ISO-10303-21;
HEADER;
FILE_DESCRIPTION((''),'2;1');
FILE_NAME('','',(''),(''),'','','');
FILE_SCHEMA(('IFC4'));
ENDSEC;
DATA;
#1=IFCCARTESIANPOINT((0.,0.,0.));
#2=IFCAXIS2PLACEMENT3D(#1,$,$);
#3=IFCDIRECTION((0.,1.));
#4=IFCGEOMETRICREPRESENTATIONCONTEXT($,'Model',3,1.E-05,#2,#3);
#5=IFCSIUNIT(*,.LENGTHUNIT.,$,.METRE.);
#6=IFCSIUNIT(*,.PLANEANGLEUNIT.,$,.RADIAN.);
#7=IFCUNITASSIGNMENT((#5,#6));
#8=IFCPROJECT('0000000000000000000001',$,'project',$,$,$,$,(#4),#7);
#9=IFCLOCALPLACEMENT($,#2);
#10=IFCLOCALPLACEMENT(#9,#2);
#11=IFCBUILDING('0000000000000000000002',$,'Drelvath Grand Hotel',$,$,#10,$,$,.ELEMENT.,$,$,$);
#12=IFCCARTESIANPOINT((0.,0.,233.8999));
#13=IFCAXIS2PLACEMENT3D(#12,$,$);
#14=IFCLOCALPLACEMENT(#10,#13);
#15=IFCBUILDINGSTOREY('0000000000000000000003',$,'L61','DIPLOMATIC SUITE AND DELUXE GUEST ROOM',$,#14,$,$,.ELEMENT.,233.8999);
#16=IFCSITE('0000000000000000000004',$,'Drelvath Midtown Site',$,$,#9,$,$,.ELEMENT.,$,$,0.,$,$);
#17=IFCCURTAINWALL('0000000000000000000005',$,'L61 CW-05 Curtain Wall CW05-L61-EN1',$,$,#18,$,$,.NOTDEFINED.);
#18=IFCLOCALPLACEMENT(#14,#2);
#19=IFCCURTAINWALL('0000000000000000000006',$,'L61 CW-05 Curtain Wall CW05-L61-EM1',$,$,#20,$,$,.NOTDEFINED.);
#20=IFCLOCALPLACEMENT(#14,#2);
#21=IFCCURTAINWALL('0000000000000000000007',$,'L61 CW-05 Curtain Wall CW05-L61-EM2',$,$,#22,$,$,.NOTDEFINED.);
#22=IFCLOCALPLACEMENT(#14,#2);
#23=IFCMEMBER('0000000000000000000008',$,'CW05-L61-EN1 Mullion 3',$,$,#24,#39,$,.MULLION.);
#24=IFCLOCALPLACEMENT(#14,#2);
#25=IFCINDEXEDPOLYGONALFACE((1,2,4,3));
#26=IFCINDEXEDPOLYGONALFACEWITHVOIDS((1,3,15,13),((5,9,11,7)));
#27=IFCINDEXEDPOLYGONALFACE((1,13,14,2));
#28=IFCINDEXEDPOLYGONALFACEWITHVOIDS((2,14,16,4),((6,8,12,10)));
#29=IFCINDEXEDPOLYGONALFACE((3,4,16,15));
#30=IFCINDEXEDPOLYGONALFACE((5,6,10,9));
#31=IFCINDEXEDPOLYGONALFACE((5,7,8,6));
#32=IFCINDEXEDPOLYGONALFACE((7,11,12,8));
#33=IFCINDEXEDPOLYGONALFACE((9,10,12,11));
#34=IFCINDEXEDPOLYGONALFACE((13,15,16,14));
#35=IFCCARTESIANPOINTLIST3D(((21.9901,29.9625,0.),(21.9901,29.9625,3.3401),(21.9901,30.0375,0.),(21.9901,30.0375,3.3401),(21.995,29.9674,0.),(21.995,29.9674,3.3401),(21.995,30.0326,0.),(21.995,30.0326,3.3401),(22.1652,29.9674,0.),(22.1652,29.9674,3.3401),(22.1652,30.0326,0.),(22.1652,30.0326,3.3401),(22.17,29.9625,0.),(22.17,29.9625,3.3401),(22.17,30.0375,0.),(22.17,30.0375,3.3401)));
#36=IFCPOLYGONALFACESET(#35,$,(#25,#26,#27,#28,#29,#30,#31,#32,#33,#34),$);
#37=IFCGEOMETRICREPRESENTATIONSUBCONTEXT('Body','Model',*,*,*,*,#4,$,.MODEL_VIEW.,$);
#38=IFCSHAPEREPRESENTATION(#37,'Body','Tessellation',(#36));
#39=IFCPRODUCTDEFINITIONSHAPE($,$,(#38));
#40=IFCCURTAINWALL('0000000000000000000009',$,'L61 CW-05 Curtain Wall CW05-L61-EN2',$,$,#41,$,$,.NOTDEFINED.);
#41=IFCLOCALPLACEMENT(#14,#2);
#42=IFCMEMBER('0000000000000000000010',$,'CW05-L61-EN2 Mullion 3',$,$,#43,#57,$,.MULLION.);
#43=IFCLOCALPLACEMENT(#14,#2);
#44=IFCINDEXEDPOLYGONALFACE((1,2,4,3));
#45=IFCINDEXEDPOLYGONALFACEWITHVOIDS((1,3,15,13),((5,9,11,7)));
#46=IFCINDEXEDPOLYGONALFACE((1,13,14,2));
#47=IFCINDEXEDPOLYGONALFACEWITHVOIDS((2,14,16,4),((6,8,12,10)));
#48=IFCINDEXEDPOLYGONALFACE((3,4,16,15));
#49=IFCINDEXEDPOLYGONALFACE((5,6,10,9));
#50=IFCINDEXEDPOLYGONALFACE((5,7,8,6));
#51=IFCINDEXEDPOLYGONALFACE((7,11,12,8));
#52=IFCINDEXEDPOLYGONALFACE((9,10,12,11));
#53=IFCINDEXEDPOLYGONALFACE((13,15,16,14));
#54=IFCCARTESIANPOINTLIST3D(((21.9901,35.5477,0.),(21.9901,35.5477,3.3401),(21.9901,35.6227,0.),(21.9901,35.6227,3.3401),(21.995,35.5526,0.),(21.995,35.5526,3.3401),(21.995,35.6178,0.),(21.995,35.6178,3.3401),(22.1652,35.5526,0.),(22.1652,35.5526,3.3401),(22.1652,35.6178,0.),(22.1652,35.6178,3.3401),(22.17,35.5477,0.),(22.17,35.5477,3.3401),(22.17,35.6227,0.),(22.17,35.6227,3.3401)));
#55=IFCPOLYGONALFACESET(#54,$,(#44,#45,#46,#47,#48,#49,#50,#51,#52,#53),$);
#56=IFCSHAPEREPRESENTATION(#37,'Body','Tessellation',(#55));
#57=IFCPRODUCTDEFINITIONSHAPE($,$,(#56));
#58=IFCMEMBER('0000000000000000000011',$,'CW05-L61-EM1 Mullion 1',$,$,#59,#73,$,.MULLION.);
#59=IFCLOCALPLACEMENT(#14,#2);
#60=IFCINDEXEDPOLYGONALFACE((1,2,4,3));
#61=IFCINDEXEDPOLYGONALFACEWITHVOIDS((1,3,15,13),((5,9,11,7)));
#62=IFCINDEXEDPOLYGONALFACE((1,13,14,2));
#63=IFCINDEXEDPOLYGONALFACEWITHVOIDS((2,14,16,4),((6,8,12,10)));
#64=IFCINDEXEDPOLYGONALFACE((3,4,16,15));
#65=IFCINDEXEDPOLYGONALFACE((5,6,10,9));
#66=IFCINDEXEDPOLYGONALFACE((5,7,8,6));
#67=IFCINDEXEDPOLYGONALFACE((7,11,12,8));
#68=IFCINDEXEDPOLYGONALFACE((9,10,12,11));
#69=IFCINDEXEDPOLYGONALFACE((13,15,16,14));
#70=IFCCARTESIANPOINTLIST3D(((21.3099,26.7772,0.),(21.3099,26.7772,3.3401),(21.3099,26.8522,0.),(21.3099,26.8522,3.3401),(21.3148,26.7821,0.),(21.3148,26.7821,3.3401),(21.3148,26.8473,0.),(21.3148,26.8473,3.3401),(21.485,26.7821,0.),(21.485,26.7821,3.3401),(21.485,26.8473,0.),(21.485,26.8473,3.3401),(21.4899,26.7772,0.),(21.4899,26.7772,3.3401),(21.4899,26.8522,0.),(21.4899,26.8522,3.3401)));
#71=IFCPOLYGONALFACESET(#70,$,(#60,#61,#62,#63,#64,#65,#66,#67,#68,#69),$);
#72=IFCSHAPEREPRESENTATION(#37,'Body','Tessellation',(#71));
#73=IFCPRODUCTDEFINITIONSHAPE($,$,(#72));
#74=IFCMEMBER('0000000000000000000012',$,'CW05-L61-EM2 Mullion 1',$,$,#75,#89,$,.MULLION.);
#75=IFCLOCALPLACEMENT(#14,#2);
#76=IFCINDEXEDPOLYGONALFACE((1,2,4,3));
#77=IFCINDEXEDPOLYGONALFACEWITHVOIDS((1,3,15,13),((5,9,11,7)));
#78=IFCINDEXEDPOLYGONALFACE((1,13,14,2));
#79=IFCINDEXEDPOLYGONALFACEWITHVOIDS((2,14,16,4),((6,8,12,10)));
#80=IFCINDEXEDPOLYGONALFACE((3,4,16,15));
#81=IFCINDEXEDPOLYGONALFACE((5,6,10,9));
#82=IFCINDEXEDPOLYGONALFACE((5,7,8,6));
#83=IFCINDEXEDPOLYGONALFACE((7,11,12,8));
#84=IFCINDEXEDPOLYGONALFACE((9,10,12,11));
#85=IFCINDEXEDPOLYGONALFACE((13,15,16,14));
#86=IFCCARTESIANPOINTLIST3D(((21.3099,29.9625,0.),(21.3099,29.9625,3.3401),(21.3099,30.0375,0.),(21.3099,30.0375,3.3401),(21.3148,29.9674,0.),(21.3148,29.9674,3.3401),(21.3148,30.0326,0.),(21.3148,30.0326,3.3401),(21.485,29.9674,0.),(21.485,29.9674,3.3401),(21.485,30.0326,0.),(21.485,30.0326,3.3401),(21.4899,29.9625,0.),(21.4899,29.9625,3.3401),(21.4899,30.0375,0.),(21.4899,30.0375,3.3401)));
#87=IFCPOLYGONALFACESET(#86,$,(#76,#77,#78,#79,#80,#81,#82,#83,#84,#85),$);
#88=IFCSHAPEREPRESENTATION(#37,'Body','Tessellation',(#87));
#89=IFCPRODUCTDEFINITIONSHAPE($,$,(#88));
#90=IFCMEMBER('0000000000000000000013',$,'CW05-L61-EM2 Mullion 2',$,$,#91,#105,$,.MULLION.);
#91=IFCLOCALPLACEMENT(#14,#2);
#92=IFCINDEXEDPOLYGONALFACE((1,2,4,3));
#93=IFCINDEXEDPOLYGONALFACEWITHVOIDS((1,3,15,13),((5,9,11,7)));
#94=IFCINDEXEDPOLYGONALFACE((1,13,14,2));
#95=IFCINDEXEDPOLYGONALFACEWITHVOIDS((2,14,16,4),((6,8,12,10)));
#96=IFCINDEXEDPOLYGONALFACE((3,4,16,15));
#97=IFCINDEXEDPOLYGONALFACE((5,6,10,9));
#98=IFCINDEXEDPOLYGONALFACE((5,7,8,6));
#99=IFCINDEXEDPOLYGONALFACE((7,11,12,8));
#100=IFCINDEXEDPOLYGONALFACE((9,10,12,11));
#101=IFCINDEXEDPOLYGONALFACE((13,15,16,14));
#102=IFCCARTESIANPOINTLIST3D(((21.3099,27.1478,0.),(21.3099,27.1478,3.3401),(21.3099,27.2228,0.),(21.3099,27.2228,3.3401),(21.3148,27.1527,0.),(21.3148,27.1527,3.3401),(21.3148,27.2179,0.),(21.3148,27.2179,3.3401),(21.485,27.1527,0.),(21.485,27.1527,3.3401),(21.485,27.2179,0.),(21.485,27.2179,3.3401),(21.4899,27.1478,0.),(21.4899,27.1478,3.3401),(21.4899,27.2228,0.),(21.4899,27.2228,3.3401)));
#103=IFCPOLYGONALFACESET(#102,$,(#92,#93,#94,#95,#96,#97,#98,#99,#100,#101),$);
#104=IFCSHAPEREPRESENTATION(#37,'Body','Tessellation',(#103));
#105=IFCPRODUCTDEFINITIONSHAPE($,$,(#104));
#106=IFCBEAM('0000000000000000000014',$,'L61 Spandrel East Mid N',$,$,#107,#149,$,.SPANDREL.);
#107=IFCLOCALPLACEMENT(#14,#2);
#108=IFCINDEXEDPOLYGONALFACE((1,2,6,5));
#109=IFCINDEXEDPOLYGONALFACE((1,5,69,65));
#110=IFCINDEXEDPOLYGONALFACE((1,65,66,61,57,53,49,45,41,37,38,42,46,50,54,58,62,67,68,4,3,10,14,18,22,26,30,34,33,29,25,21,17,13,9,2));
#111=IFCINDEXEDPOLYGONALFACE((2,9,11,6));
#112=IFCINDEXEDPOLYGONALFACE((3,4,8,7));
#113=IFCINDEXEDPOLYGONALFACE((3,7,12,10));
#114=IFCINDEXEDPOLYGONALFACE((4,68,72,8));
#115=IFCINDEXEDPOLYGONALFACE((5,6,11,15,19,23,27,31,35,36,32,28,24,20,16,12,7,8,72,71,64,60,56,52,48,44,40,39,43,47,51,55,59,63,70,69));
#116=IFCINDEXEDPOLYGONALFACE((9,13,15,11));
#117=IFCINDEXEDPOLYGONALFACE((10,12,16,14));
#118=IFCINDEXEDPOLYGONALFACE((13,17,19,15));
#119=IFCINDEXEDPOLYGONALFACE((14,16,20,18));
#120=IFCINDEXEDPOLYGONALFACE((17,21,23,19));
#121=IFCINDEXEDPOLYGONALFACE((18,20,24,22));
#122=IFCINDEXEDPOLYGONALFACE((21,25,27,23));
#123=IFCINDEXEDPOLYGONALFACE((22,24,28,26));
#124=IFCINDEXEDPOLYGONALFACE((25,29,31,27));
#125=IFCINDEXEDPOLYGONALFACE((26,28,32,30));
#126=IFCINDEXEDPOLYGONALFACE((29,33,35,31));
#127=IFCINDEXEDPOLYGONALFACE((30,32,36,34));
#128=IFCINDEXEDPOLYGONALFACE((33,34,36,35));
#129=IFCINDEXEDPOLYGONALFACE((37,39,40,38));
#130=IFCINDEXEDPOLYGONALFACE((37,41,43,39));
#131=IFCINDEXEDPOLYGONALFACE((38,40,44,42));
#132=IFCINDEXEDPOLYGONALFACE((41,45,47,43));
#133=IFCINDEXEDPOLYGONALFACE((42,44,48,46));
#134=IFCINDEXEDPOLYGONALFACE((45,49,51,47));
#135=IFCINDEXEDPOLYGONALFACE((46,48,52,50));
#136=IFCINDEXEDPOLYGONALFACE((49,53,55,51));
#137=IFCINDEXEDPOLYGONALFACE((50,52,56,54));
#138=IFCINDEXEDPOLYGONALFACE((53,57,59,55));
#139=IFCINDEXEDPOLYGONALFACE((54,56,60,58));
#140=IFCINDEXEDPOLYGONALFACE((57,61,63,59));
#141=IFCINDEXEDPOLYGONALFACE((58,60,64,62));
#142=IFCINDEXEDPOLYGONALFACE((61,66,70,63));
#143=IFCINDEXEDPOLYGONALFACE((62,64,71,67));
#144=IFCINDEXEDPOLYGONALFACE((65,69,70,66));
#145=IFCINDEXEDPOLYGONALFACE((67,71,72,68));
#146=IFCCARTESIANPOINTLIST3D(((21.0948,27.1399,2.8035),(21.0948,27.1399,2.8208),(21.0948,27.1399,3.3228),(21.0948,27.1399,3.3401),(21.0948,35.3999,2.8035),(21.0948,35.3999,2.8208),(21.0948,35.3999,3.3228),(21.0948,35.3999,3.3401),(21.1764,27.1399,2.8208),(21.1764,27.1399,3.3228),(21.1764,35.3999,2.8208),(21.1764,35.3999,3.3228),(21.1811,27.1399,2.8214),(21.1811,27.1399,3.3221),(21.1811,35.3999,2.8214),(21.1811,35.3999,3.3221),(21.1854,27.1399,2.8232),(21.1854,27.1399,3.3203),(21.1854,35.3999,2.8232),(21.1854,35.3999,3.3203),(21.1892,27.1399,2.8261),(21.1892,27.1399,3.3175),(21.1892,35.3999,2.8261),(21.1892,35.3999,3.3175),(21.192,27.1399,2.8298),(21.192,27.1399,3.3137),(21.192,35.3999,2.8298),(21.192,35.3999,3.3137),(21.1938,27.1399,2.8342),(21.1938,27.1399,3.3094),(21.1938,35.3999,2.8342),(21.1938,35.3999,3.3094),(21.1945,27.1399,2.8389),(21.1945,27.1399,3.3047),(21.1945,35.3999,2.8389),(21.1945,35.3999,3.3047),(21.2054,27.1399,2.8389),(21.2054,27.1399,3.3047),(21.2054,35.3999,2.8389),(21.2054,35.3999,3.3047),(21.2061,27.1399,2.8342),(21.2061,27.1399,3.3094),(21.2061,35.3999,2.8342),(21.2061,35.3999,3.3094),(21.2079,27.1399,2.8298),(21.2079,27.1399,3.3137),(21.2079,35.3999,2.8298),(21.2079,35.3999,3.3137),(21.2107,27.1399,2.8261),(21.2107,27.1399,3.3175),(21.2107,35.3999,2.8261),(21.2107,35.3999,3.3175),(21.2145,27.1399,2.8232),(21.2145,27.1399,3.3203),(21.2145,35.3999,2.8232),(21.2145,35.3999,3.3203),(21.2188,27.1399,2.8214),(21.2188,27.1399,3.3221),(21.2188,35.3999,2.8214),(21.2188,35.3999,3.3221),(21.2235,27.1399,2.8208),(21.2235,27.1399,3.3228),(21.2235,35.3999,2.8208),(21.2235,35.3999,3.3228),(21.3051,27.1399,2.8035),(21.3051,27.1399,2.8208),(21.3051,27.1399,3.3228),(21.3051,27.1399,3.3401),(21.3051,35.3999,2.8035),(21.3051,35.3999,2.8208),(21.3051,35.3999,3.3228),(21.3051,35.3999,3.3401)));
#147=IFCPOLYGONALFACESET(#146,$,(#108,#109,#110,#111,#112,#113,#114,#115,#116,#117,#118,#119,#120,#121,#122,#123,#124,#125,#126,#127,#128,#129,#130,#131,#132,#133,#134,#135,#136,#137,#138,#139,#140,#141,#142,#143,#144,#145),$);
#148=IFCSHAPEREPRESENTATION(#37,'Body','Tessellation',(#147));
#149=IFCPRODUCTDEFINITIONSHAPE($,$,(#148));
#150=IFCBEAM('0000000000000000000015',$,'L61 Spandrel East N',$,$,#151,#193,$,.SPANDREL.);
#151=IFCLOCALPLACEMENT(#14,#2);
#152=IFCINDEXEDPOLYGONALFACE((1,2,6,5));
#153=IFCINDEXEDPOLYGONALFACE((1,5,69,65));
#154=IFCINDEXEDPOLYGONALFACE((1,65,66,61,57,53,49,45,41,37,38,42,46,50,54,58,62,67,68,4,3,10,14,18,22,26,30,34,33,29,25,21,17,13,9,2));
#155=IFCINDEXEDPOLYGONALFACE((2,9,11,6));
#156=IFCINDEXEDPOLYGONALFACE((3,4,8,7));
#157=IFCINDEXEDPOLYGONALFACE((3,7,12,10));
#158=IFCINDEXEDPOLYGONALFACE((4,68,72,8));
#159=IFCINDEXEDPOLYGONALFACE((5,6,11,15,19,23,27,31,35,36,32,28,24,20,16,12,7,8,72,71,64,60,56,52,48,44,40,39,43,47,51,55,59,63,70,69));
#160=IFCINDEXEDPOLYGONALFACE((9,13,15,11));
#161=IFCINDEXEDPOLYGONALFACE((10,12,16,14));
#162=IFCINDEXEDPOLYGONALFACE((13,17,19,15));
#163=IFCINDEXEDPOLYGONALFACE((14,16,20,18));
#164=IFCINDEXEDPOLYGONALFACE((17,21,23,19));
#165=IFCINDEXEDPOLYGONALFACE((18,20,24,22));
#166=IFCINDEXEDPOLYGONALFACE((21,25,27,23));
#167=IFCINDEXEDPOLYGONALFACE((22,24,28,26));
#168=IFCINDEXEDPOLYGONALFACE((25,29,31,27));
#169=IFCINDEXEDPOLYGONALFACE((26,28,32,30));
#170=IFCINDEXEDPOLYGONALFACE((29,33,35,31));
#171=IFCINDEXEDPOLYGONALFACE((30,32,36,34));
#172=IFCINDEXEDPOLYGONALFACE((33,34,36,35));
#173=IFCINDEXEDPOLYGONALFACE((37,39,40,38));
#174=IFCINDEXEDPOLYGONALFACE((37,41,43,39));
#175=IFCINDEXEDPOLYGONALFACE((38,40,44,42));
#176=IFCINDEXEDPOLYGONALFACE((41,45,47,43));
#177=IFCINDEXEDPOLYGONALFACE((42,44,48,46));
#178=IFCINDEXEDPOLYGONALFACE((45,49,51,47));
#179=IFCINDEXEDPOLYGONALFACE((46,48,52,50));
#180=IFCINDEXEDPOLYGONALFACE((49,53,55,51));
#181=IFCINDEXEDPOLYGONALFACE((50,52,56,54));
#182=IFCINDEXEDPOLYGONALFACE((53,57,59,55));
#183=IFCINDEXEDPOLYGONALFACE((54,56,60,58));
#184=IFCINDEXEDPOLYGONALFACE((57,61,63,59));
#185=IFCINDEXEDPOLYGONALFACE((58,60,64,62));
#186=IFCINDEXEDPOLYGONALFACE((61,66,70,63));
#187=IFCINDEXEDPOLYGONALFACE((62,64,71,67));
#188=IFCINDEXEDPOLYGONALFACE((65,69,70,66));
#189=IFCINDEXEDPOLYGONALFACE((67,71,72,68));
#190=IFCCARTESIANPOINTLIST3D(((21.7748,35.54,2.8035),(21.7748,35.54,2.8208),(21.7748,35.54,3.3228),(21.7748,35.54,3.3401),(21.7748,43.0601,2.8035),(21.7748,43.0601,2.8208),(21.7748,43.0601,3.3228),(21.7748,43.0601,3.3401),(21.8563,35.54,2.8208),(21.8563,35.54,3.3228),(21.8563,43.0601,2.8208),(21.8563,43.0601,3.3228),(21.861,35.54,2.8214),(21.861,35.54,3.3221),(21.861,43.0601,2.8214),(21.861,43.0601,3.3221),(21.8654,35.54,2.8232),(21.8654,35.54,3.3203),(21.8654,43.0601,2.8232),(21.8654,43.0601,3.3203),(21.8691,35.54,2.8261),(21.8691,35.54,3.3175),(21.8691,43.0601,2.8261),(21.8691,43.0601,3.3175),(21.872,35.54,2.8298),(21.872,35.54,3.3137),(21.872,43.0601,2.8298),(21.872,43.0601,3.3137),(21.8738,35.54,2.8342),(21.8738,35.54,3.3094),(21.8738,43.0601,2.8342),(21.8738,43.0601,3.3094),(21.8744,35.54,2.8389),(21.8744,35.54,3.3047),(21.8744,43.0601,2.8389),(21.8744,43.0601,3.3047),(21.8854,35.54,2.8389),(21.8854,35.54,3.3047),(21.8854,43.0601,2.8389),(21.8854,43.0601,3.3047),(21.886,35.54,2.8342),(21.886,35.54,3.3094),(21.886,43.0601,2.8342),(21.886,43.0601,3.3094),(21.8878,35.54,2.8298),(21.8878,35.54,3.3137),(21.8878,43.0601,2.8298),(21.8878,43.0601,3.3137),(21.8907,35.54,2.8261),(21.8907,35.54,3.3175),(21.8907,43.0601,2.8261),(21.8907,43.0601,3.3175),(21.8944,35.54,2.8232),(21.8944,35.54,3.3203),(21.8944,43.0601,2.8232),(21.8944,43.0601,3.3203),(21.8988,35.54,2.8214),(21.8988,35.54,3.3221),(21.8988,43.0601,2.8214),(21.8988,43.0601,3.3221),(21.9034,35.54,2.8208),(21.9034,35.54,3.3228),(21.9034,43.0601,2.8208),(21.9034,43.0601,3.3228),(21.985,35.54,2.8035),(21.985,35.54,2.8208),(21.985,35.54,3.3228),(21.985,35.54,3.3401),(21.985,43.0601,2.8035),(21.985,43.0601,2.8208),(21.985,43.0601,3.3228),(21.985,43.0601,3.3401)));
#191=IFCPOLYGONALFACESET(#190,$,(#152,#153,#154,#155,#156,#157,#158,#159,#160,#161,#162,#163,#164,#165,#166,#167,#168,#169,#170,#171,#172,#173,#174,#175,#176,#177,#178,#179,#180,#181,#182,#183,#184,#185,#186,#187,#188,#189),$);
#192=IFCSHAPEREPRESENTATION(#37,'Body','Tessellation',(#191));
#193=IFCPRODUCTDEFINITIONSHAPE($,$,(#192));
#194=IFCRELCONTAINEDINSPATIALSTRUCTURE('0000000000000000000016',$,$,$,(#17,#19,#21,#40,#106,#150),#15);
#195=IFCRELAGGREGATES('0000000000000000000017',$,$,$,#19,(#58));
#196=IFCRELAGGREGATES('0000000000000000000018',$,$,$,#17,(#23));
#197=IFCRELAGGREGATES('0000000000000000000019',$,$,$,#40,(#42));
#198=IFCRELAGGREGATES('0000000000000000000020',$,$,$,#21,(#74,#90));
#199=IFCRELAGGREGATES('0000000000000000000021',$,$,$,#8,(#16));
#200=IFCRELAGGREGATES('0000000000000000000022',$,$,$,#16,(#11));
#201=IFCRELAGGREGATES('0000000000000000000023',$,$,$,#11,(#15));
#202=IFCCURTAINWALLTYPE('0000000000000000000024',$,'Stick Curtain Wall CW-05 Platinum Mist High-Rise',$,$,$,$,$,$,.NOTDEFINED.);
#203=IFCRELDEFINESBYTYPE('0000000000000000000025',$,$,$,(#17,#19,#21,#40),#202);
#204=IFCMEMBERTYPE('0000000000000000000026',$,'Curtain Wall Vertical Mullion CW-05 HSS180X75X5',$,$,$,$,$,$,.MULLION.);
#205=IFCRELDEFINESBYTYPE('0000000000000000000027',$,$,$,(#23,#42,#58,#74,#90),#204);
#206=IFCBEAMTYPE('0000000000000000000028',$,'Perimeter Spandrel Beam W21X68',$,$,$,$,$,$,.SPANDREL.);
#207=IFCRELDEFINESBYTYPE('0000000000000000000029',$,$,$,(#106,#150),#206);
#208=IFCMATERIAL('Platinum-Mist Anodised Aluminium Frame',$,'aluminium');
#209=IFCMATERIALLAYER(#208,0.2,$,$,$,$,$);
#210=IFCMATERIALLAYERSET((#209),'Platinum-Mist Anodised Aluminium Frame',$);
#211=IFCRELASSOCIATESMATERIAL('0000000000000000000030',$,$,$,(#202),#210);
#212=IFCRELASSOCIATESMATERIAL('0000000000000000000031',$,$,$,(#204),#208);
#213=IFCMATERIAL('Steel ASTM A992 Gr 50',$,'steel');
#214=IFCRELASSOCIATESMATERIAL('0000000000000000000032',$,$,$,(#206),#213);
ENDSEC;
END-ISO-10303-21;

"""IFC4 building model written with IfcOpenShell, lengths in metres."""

from ifc_helpers import new_model, si_unit, direction, frame, origin, origin_2d, place, context, subcontext, project, spatial, hollow_rectangle, i_section, extrude, material, layer, layer_set, material_profile, profile_set, type_object, element, aggregate, save


model = new_model("IFC4")

# Units and contexts
model_context = context("Model", 3, precision=1e-05, world=origin(), true_north=direction((0.0, 1.0)))
body_context = subcontext(model_context, "Body", "Model", "MODEL_VIEW")
ifc_project = project(units=[si_unit("LENGTHUNIT", "METRE"), si_unit("PLANEANGLEUNIT", "RADIAN")], contexts=[model_context])

# Site, building, storey
site_placement = place(None, origin())
site = spatial("IfcSite", under=ifc_project, at=site_placement, Name="Drelvath Midtown Site", CompositionType="ELEMENT", RefElevation=0.0)
building_placement = place(site_placement, origin())
building = spatial("IfcBuilding", under=site, at=building_placement, Name="Drelvath Grand Hotel", CompositionType="ELEMENT")
storey_placement = place(building_placement, frame((0.0, 0.0, 233.8999)))
storey = spatial("IfcBuildingStorey", under=building, at=storey_placement, Name="L61", Description="DIPLOMATIC SUITE AND DELUXE GUEST ROOM", CompositionType="ELEMENT", Elevation=233.8999)

# Curtain walls
ifc_material_1 = material(Name="Platinum-Mist Anodised Aluminium Frame", Category="aluminium")
ifc_layer_1 = layer(ifc_material_1, 0.2)
ifc_layer_set_1 = layer_set([ifc_layer_1], Name="Platinum-Mist Anodised Aluminium Frame")
curtain_wall_type = type_object("IfcCurtainWallType", Name="Stick Curtain Wall CW-05 Platinum Mist High-Rise", PredefinedType="NOTDEFINED", material=ifc_layer_set_1)
curtain_wall_1_placement = place(storey_placement, origin())
curtain_wall_1 = element("IfcCurtainWall", 1, at=curtain_wall_1_placement, inside=storey, type_object=curtain_wall_type, Name="L61 CW-05 Curtain Wall CW05-L61-EN1", PredefinedType="NOTDEFINED")
curtain_wall_2_placement = place(storey_placement, origin())
curtain_wall_2 = element("IfcCurtainWall", 2, at=curtain_wall_2_placement, inside=storey, type_object=curtain_wall_type, Name="L61 CW-05 Curtain Wall CW05-L61-EM1", PredefinedType="NOTDEFINED")
curtain_wall_3_placement = place(storey_placement, origin())
curtain_wall_3 = element("IfcCurtainWall", 3, at=curtain_wall_3_placement, inside=storey, type_object=curtain_wall_type, Name="L61 CW-05 Curtain Wall CW05-L61-EM2", PredefinedType="NOTDEFINED")

# Member
ifc_material_profile_1 = material_profile(ifc_material_1, hollow_rectangle(XDim=0.075, YDim=0.1799, WallThickness=0.0049, at=origin_2d()), Name="HSS180X75X5")
ifc_profile_set_1 = profile_set([ifc_material_profile_1], Name="Platinum-Mist Anodised Aluminium Frame")
member_type_1 = type_object("IfcMemberType", Name="Curtain Wall Vertical Mullion CW-05 HSS180X75X5", PredefinedType="MULLION", material=ifc_profile_set_1)
member_1_placement = place(storey_placement, frame((22.0801, 30.0, 0.0), z_axis=(0.0, 0.0, 1.0), x_axis=(0.0, 1.0, 0.0)))
member_1 = element("IfcMember", 4, at=member_1_placement, type_object=member_type_1, Name="CW05-L61-EN1 Mullion 3", PredefinedType="MULLION", context=body_context, shape_type="SweptSolid", body=[
    extrude(hollow_rectangle(XDim=0.075, YDim=0.1799, WallThickness=0.0049, at=origin_2d()), origin(), (0.0, 0.0, 1.0), 3.3401),
])

# Curtain wall, member
curtain_wall_4_placement = place(storey_placement, origin())
curtain_wall_4 = element("IfcCurtainWall", 5, at=curtain_wall_4_placement, inside=storey, type_object=curtain_wall_type, Name="L61 CW-05 Curtain Wall CW05-L61-EN2", PredefinedType="NOTDEFINED")
member_2_placement = place(storey_placement, frame((22.0801, 35.5852, 0.0), z_axis=(0.0, 0.0, 1.0), x_axis=(0.0, 1.0, 0.0)))
member_2 = element("IfcMember", 6, at=member_2_placement, type_object=member_type_1, Name="CW05-L61-EN2 Mullion 3", PredefinedType="MULLION", context=body_context, shape_type="SweptSolid", body=[
    extrude(hollow_rectangle(XDim=0.075, YDim=0.1799, WallThickness=0.0049, at=origin_2d()), origin(), (0.0, 0.0, 1.0), 3.3401),
])

# Members
member_3_placement = place(storey_placement, frame((21.3999, 26.8147, 0.0), z_axis=(0.0, 0.0, 1.0), x_axis=(0.0, 1.0, 0.0)))
member_3 = element("IfcMember", 7, at=member_3_placement, type_object=member_type_1, Name="CW05-L61-EM1 Mullion 1", PredefinedType="MULLION", context=body_context, shape_type="SweptSolid", body=[
    extrude(hollow_rectangle(XDim=0.075, YDim=0.1799, WallThickness=0.0049, at=origin_2d()), origin(), (0.0, 0.0, 1.0), 3.3401),
])
aggregate(curtain_wall_2, [member_3])
member_4_placement = place(storey_placement, frame((21.3999, 30.0, 0.0), z_axis=(0.0, 0.0, 1.0), x_axis=(0.0, 1.0, 0.0)))
member_4 = element("IfcMember", 8, at=member_4_placement, type_object=member_type_1, Name="CW05-L61-EM2 Mullion 1", PredefinedType="MULLION", context=body_context, shape_type="SweptSolid", body=[
    extrude(hollow_rectangle(XDim=0.075, YDim=0.1799, WallThickness=0.0049, at=origin_2d()), origin(), (0.0, 0.0, 1.0), 3.3401),
])
member_5_placement = place(storey_placement, frame((21.3999, 27.1853, 0.0), z_axis=(0.0, 0.0, 1.0), x_axis=(0.0, 1.0, 0.0)))
member_5 = element("IfcMember", 9, at=member_5_placement, type_object=member_type_1, Name="CW05-L61-EM2 Mullion 2", PredefinedType="MULLION", context=body_context, shape_type="SweptSolid", body=[
    extrude(hollow_rectangle(XDim=0.075, YDim=0.1799, WallThickness=0.0049, at=origin_2d()), origin(), (0.0, 0.0, 1.0), 3.3401),
])

# Beams
ifc_material_2 = material(Name="Steel ASTM A992 Gr 50", Category="steel")
ifc_material_profile_2 = material_profile(ifc_material_2, i_section(OverallWidth=0.2102, OverallDepth=0.5366, WebThickness=0.011, FlangeThickness=0.0173, FilletRadius=0.0181, at=origin_2d()), Name="W21X68")
ifc_profile_set_2 = profile_set([ifc_material_profile_2], Name="Steel ASTM A992 Gr 50")
beam_type_1 = type_object("IfcBeamType", Name="Perimeter Spandrel Beam W21X68", PredefinedType="SPANDREL", material=ifc_profile_set_2)
beam_1_placement = place(storey_placement, frame((21.2, 27.1399, 3.0718), z_axis=(0.0, 1.0, 0.0), x_axis=(-1.0, 0.0, 0.0)))
element("IfcBeam", 10, at=beam_1_placement, inside=storey, type_object=beam_type_1, Name="L61 Spandrel East Mid N", PredefinedType="SPANDREL", context=body_context, shape_type="SweptSolid", body=[
    extrude(i_section(OverallWidth=0.2102, OverallDepth=0.5366, WebThickness=0.011, FlangeThickness=0.0173, FilletRadius=0.0181, at=origin_2d()), origin(), (0.0, 0.0, 1.0), 8.26),
])
beam_2_placement = place(storey_placement, frame((21.8799, 35.54, 3.0718), z_axis=(0.0, 1.0, 0.0), x_axis=(-1.0, 0.0, 0.0)))
element("IfcBeam", 11, at=beam_2_placement, inside=storey, type_object=beam_type_1, Name="L61 Spandrel East N", PredefinedType="SPANDREL", context=body_context, shape_type="SweptSolid", body=[
    extrude(i_section(OverallWidth=0.2102, OverallDepth=0.5366, WebThickness=0.011, FlangeThickness=0.0173, FilletRadius=0.0181, at=origin_2d()), origin(), (0.0, 0.0, 1.0), 7.52),
])

aggregate(curtain_wall_1, [member_1])
aggregate(curtain_wall_4, [member_2])
aggregate(curtain_wall_3, [member_4, member_5])

save(model, "model.ifc")
